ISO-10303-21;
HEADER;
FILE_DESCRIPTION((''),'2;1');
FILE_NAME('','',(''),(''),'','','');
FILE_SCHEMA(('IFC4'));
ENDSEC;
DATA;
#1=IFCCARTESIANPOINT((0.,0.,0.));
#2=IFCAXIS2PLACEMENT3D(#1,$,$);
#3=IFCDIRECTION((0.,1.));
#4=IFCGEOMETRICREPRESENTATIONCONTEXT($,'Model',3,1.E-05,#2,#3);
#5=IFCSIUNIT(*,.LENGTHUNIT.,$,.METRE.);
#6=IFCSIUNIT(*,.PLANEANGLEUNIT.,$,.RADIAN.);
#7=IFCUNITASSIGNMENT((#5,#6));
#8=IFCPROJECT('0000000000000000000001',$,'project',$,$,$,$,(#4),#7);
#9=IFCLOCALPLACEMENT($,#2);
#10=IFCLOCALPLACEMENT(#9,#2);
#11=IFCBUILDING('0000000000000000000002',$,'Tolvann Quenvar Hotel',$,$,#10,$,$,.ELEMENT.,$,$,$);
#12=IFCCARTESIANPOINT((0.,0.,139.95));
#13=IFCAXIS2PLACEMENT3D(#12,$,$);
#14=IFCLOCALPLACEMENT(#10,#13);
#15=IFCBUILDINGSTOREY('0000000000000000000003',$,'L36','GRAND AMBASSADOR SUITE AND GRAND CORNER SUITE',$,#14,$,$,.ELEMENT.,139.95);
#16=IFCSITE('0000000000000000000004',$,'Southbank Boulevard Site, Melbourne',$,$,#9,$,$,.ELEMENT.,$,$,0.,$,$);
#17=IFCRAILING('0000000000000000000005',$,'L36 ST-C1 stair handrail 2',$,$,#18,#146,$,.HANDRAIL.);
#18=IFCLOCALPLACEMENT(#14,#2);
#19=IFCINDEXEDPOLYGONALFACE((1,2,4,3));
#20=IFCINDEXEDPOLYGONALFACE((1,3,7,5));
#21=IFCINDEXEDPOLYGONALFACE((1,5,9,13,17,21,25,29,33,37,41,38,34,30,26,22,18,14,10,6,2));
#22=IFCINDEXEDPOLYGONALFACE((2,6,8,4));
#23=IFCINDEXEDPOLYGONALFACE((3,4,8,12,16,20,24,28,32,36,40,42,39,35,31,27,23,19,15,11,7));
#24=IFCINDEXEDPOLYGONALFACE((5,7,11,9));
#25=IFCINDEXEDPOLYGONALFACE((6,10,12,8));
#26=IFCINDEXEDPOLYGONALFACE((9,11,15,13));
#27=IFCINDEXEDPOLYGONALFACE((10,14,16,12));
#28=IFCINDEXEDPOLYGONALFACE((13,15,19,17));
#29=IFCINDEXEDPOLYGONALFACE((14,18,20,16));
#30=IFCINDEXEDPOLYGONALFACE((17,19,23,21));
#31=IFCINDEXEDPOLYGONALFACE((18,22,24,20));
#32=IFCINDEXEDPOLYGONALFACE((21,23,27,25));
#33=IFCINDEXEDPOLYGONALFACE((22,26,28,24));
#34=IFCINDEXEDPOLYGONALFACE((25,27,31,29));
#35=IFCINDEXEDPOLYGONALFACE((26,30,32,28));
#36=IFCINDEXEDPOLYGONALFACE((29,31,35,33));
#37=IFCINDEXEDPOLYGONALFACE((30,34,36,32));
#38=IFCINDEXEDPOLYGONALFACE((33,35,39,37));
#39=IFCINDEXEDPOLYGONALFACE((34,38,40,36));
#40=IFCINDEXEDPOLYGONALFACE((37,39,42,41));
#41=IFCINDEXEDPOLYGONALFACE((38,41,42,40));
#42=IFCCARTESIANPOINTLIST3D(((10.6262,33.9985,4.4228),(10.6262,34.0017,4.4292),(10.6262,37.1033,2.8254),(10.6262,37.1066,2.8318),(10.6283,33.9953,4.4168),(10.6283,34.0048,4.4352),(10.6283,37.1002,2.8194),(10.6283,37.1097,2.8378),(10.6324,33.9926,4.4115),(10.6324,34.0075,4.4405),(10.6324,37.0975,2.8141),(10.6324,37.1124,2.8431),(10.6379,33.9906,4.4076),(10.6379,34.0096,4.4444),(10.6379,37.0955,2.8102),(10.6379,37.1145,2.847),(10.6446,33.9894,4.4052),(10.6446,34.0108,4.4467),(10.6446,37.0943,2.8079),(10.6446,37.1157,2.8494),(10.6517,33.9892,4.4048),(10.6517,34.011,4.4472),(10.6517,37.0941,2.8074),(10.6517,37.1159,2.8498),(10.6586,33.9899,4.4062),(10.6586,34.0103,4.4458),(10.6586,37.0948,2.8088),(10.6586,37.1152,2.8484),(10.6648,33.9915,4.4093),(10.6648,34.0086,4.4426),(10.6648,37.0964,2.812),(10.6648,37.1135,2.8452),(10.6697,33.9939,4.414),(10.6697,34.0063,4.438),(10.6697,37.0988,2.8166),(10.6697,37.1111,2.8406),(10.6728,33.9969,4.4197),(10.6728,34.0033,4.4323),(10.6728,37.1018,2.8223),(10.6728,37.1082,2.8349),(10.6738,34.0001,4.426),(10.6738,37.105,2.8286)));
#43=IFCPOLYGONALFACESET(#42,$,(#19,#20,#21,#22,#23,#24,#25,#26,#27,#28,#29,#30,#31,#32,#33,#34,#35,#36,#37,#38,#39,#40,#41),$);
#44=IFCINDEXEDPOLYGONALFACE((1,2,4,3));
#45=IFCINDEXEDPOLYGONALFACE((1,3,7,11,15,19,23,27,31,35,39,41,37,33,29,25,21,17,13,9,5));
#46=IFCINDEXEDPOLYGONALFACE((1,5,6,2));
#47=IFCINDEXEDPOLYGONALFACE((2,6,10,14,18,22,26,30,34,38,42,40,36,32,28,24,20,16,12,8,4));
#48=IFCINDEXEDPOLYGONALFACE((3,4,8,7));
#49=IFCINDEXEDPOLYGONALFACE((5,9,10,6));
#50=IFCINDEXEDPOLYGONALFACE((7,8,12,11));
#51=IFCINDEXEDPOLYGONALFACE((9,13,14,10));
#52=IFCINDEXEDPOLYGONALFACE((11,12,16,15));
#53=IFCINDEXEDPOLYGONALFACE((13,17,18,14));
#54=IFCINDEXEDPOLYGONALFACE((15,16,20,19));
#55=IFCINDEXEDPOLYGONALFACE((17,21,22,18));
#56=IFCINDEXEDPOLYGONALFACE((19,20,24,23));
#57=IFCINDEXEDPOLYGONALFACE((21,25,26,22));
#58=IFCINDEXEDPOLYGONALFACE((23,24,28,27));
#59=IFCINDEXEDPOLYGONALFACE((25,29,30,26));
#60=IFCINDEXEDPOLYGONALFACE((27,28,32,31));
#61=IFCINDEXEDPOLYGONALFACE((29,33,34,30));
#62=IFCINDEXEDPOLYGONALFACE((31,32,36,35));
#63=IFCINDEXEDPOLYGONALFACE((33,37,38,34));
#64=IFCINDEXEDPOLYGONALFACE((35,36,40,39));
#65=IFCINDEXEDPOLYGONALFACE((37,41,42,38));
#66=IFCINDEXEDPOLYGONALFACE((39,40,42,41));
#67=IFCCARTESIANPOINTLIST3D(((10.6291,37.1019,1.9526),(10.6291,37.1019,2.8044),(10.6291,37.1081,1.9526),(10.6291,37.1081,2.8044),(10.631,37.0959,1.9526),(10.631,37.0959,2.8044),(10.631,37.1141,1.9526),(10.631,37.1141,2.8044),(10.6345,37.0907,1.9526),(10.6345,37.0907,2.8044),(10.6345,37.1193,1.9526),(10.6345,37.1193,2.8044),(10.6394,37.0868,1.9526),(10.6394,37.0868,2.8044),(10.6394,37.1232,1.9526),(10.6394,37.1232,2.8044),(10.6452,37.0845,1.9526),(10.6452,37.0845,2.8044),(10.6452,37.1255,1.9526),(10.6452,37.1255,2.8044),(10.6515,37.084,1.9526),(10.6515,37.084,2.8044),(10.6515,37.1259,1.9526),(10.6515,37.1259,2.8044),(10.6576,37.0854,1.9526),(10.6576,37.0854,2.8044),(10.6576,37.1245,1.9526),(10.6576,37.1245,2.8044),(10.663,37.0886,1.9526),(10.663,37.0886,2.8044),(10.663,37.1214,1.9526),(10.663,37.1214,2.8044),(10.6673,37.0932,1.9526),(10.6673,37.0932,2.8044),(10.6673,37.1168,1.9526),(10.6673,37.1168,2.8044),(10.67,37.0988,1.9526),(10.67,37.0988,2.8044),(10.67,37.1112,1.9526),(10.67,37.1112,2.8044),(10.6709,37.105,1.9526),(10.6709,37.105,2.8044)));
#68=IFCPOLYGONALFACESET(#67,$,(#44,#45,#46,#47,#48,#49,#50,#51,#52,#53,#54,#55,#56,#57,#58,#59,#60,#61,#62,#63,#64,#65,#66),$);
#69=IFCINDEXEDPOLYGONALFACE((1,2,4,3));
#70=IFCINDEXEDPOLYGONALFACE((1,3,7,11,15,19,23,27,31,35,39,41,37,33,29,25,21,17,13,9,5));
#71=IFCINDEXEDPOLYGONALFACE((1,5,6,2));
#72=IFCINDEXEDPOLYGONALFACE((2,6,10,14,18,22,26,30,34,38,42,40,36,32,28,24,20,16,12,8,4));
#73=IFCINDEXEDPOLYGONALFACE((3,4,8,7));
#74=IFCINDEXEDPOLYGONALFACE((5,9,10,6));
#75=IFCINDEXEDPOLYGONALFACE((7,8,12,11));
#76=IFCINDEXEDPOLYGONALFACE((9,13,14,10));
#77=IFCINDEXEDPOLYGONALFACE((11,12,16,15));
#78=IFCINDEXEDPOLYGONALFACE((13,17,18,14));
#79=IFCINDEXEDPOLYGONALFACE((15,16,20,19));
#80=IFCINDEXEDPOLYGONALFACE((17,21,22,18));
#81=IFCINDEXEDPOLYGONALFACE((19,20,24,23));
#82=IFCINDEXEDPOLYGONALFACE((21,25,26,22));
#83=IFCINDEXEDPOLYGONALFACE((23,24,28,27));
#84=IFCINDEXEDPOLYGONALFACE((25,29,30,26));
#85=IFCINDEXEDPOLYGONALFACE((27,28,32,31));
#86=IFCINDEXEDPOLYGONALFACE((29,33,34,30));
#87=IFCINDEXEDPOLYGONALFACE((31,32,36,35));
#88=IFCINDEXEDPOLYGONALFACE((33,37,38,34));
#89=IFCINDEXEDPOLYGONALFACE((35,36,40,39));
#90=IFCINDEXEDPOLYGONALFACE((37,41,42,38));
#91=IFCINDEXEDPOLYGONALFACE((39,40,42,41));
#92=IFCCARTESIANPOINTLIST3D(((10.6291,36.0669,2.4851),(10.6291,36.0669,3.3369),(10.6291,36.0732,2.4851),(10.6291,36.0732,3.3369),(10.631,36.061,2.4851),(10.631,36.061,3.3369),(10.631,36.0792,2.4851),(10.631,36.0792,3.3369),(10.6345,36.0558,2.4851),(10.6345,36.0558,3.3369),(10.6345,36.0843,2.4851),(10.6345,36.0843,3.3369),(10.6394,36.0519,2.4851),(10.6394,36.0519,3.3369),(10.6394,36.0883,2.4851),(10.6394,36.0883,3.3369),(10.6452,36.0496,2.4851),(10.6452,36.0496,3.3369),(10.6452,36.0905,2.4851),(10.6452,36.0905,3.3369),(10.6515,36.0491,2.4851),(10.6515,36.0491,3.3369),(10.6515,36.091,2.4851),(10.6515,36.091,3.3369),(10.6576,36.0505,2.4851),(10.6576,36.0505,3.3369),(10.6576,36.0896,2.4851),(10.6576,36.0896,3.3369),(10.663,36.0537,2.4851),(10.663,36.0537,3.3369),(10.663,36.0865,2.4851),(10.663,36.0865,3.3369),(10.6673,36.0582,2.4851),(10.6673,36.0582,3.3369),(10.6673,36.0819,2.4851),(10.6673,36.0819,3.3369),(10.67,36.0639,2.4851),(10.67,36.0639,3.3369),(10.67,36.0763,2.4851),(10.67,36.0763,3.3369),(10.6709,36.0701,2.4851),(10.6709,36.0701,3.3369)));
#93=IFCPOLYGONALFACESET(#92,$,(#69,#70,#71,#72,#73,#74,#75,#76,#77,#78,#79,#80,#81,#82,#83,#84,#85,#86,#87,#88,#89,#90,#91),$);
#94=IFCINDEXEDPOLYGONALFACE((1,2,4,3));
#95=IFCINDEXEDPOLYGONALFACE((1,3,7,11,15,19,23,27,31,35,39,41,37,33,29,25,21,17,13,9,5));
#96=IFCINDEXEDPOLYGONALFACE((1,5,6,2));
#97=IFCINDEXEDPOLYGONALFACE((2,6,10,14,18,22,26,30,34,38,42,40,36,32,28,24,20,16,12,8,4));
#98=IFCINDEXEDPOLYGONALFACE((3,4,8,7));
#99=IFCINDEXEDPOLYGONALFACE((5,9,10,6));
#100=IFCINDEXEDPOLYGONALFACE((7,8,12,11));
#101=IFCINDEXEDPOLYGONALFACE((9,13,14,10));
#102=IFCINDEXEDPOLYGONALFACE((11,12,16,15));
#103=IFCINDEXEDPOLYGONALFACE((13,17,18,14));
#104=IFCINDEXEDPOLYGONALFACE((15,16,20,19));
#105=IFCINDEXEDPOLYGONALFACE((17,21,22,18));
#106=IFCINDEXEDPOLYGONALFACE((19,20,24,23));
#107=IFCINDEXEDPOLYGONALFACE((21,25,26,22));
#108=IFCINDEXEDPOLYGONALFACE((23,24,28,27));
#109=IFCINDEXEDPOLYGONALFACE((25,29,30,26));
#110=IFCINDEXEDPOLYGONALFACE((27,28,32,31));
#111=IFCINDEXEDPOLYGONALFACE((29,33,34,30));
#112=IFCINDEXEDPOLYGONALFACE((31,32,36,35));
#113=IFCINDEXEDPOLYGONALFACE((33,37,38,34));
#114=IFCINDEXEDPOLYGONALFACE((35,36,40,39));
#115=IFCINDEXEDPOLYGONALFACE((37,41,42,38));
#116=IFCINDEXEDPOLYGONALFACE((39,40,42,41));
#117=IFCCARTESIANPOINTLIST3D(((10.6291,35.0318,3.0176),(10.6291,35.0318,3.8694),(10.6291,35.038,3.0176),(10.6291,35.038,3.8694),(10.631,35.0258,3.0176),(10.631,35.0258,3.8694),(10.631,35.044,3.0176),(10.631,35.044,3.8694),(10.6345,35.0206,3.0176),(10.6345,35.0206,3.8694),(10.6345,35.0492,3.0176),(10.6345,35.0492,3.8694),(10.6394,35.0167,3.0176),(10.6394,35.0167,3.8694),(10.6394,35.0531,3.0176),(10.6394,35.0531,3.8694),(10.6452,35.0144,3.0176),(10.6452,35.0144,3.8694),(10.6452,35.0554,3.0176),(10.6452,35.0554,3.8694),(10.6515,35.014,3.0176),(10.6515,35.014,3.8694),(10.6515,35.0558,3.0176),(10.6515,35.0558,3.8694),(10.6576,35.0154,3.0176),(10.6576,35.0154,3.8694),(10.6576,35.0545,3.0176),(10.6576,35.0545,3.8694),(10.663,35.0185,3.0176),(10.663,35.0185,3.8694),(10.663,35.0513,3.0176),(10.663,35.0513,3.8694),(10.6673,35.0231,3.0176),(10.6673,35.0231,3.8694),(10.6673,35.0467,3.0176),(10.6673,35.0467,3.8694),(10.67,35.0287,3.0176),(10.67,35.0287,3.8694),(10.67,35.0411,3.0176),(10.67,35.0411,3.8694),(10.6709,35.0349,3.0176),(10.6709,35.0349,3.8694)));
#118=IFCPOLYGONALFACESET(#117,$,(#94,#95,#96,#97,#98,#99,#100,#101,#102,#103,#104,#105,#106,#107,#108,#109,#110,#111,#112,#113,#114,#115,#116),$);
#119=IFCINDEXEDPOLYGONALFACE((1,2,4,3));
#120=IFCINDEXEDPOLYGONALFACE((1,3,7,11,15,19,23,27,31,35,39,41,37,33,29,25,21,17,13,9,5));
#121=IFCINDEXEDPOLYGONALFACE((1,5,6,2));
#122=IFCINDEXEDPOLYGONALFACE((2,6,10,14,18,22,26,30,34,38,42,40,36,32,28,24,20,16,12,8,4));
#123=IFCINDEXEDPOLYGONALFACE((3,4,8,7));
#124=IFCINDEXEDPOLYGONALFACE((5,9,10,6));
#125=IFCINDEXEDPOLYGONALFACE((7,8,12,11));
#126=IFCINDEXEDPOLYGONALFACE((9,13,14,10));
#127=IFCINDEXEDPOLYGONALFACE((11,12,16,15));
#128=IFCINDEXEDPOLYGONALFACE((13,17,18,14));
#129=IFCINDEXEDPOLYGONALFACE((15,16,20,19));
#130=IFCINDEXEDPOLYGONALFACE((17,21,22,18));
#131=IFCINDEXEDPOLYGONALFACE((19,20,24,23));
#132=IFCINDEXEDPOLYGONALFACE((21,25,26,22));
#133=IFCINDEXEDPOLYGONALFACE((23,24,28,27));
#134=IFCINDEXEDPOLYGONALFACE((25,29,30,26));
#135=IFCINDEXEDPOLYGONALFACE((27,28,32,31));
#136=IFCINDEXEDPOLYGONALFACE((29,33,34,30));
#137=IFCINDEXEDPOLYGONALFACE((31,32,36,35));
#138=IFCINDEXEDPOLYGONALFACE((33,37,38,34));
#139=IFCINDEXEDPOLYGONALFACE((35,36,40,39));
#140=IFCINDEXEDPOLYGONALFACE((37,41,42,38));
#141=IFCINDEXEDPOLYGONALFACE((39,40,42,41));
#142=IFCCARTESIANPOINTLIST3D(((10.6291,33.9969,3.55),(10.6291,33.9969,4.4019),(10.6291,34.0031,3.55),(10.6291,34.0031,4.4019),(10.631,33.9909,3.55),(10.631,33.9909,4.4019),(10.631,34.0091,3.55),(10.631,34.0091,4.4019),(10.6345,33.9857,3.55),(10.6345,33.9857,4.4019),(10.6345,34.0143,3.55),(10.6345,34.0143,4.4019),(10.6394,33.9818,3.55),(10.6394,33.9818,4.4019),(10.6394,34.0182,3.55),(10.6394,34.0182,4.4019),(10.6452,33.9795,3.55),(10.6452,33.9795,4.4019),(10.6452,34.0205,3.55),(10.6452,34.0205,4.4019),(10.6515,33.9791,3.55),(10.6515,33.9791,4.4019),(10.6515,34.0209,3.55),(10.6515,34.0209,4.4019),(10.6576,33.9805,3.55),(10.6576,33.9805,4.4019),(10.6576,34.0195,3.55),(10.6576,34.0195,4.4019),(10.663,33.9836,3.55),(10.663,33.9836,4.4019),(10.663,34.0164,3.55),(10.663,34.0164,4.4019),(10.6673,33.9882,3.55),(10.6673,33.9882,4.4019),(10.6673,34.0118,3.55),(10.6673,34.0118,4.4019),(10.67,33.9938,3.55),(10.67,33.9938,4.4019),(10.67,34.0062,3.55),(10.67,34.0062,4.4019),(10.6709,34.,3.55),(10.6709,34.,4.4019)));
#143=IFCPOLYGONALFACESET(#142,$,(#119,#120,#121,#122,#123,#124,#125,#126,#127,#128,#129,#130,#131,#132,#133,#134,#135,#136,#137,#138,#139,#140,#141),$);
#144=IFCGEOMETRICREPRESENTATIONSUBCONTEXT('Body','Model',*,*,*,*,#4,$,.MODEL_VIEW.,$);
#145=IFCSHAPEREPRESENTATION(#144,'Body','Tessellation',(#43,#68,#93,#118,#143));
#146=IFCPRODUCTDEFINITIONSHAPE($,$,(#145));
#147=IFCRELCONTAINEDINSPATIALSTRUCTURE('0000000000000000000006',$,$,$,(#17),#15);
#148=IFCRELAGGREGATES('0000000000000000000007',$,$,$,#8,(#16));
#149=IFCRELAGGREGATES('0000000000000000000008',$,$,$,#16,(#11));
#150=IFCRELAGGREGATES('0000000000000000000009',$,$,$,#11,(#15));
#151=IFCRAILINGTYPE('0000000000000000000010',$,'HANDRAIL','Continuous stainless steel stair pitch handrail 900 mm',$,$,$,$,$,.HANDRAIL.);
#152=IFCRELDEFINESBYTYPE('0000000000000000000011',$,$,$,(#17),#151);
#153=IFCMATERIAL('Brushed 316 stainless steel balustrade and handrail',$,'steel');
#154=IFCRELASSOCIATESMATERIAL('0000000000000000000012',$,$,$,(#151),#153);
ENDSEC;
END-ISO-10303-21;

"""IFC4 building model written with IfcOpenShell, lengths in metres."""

from ifc_helpers import new_model, si_unit, direction, frame, origin, origin_2d, place, context, subcontext, project, spatial, circle, extrude, material, type_object, element, save


model = new_model("IFC4")

# Units and contexts
model_context = context("Model", 3, precision=1e-05, world=origin(), true_north=direction((0.0, 1.0)))
body_context = subcontext(model_context, "Body", "Model", "MODEL_VIEW")
ifc_project = project(units=[si_unit("LENGTHUNIT", "METRE"), si_unit("PLANEANGLEUNIT", "RADIAN")], contexts=[model_context])

# Site, building, storey
site_placement = place(None, origin())
site = spatial("IfcSite", under=ifc_project, at=site_placement, Name="Southbank Boulevard Site, Melbourne", CompositionType="ELEMENT", RefElevation=0.0)
building_placement = place(site_placement, origin())
building = spatial("IfcBuilding", under=site, at=building_placement, Name="Tolvann Quenvar Hotel", CompositionType="ELEMENT")
storey_placement = place(building_placement, frame((0.0, 0.0, 139.95)))
storey = spatial("IfcBuildingStorey", under=building, at=storey_placement, Name="L36", Description="GRAND AMBASSADOR SUITE AND GRAND CORNER SUITE", CompositionType="ELEMENT", Elevation=139.95)

# Railing
ifc_material_1 = material(Name="Brushed 316 stainless steel balustrade and handrail", Category="steel")
railing_type_1 = type_object("IfcRailingType", Name="HANDRAIL", Description="Continuous stainless steel stair pitch handrail 900 mm", PredefinedType="HANDRAIL", material=ifc_material_1)
railing_1_placement = place(storey_placement, frame((10.6499, 37.105, 1.9526)))
element("IfcRailing", 1, at=railing_1_placement, inside=storey, type_object=railing_type_1, Name="L36 ST-C1 stair handrail 2", PredefinedType="HANDRAIL", context=body_context, shape_type="SweptSolid", body=[
    extrude(circle(Radius=0.0239, at=origin_2d()), frame((0.0, 0.0, 0.876), z_axis=(0.0, -0.889222, 0.457476), x_axis=(1.0, 0.0, 0.0)), (0.0, 0.0, 1.0), 3.4917),
    extrude(circle(Radius=0.021, at=origin_2d()), origin(), (0.0, 0.0, 1.0), 0.8518),
    extrude(circle(Radius=0.021, at=origin_2d()), frame((0.0, -1.0349, 0.5325)), (0.0, 0.0, 1.0), 0.8518),
    extrude(circle(Radius=0.021, at=origin_2d()), frame((0.0, -2.0701, 1.0649)), (0.0, 0.0, 1.0), 0.8518),
    extrude(circle(Radius=0.021, at=origin_2d()), frame((0.0, -3.105, 1.5974)), (0.0, 0.0, 1.0), 0.8518),
])

save(model, "model.ifc")
